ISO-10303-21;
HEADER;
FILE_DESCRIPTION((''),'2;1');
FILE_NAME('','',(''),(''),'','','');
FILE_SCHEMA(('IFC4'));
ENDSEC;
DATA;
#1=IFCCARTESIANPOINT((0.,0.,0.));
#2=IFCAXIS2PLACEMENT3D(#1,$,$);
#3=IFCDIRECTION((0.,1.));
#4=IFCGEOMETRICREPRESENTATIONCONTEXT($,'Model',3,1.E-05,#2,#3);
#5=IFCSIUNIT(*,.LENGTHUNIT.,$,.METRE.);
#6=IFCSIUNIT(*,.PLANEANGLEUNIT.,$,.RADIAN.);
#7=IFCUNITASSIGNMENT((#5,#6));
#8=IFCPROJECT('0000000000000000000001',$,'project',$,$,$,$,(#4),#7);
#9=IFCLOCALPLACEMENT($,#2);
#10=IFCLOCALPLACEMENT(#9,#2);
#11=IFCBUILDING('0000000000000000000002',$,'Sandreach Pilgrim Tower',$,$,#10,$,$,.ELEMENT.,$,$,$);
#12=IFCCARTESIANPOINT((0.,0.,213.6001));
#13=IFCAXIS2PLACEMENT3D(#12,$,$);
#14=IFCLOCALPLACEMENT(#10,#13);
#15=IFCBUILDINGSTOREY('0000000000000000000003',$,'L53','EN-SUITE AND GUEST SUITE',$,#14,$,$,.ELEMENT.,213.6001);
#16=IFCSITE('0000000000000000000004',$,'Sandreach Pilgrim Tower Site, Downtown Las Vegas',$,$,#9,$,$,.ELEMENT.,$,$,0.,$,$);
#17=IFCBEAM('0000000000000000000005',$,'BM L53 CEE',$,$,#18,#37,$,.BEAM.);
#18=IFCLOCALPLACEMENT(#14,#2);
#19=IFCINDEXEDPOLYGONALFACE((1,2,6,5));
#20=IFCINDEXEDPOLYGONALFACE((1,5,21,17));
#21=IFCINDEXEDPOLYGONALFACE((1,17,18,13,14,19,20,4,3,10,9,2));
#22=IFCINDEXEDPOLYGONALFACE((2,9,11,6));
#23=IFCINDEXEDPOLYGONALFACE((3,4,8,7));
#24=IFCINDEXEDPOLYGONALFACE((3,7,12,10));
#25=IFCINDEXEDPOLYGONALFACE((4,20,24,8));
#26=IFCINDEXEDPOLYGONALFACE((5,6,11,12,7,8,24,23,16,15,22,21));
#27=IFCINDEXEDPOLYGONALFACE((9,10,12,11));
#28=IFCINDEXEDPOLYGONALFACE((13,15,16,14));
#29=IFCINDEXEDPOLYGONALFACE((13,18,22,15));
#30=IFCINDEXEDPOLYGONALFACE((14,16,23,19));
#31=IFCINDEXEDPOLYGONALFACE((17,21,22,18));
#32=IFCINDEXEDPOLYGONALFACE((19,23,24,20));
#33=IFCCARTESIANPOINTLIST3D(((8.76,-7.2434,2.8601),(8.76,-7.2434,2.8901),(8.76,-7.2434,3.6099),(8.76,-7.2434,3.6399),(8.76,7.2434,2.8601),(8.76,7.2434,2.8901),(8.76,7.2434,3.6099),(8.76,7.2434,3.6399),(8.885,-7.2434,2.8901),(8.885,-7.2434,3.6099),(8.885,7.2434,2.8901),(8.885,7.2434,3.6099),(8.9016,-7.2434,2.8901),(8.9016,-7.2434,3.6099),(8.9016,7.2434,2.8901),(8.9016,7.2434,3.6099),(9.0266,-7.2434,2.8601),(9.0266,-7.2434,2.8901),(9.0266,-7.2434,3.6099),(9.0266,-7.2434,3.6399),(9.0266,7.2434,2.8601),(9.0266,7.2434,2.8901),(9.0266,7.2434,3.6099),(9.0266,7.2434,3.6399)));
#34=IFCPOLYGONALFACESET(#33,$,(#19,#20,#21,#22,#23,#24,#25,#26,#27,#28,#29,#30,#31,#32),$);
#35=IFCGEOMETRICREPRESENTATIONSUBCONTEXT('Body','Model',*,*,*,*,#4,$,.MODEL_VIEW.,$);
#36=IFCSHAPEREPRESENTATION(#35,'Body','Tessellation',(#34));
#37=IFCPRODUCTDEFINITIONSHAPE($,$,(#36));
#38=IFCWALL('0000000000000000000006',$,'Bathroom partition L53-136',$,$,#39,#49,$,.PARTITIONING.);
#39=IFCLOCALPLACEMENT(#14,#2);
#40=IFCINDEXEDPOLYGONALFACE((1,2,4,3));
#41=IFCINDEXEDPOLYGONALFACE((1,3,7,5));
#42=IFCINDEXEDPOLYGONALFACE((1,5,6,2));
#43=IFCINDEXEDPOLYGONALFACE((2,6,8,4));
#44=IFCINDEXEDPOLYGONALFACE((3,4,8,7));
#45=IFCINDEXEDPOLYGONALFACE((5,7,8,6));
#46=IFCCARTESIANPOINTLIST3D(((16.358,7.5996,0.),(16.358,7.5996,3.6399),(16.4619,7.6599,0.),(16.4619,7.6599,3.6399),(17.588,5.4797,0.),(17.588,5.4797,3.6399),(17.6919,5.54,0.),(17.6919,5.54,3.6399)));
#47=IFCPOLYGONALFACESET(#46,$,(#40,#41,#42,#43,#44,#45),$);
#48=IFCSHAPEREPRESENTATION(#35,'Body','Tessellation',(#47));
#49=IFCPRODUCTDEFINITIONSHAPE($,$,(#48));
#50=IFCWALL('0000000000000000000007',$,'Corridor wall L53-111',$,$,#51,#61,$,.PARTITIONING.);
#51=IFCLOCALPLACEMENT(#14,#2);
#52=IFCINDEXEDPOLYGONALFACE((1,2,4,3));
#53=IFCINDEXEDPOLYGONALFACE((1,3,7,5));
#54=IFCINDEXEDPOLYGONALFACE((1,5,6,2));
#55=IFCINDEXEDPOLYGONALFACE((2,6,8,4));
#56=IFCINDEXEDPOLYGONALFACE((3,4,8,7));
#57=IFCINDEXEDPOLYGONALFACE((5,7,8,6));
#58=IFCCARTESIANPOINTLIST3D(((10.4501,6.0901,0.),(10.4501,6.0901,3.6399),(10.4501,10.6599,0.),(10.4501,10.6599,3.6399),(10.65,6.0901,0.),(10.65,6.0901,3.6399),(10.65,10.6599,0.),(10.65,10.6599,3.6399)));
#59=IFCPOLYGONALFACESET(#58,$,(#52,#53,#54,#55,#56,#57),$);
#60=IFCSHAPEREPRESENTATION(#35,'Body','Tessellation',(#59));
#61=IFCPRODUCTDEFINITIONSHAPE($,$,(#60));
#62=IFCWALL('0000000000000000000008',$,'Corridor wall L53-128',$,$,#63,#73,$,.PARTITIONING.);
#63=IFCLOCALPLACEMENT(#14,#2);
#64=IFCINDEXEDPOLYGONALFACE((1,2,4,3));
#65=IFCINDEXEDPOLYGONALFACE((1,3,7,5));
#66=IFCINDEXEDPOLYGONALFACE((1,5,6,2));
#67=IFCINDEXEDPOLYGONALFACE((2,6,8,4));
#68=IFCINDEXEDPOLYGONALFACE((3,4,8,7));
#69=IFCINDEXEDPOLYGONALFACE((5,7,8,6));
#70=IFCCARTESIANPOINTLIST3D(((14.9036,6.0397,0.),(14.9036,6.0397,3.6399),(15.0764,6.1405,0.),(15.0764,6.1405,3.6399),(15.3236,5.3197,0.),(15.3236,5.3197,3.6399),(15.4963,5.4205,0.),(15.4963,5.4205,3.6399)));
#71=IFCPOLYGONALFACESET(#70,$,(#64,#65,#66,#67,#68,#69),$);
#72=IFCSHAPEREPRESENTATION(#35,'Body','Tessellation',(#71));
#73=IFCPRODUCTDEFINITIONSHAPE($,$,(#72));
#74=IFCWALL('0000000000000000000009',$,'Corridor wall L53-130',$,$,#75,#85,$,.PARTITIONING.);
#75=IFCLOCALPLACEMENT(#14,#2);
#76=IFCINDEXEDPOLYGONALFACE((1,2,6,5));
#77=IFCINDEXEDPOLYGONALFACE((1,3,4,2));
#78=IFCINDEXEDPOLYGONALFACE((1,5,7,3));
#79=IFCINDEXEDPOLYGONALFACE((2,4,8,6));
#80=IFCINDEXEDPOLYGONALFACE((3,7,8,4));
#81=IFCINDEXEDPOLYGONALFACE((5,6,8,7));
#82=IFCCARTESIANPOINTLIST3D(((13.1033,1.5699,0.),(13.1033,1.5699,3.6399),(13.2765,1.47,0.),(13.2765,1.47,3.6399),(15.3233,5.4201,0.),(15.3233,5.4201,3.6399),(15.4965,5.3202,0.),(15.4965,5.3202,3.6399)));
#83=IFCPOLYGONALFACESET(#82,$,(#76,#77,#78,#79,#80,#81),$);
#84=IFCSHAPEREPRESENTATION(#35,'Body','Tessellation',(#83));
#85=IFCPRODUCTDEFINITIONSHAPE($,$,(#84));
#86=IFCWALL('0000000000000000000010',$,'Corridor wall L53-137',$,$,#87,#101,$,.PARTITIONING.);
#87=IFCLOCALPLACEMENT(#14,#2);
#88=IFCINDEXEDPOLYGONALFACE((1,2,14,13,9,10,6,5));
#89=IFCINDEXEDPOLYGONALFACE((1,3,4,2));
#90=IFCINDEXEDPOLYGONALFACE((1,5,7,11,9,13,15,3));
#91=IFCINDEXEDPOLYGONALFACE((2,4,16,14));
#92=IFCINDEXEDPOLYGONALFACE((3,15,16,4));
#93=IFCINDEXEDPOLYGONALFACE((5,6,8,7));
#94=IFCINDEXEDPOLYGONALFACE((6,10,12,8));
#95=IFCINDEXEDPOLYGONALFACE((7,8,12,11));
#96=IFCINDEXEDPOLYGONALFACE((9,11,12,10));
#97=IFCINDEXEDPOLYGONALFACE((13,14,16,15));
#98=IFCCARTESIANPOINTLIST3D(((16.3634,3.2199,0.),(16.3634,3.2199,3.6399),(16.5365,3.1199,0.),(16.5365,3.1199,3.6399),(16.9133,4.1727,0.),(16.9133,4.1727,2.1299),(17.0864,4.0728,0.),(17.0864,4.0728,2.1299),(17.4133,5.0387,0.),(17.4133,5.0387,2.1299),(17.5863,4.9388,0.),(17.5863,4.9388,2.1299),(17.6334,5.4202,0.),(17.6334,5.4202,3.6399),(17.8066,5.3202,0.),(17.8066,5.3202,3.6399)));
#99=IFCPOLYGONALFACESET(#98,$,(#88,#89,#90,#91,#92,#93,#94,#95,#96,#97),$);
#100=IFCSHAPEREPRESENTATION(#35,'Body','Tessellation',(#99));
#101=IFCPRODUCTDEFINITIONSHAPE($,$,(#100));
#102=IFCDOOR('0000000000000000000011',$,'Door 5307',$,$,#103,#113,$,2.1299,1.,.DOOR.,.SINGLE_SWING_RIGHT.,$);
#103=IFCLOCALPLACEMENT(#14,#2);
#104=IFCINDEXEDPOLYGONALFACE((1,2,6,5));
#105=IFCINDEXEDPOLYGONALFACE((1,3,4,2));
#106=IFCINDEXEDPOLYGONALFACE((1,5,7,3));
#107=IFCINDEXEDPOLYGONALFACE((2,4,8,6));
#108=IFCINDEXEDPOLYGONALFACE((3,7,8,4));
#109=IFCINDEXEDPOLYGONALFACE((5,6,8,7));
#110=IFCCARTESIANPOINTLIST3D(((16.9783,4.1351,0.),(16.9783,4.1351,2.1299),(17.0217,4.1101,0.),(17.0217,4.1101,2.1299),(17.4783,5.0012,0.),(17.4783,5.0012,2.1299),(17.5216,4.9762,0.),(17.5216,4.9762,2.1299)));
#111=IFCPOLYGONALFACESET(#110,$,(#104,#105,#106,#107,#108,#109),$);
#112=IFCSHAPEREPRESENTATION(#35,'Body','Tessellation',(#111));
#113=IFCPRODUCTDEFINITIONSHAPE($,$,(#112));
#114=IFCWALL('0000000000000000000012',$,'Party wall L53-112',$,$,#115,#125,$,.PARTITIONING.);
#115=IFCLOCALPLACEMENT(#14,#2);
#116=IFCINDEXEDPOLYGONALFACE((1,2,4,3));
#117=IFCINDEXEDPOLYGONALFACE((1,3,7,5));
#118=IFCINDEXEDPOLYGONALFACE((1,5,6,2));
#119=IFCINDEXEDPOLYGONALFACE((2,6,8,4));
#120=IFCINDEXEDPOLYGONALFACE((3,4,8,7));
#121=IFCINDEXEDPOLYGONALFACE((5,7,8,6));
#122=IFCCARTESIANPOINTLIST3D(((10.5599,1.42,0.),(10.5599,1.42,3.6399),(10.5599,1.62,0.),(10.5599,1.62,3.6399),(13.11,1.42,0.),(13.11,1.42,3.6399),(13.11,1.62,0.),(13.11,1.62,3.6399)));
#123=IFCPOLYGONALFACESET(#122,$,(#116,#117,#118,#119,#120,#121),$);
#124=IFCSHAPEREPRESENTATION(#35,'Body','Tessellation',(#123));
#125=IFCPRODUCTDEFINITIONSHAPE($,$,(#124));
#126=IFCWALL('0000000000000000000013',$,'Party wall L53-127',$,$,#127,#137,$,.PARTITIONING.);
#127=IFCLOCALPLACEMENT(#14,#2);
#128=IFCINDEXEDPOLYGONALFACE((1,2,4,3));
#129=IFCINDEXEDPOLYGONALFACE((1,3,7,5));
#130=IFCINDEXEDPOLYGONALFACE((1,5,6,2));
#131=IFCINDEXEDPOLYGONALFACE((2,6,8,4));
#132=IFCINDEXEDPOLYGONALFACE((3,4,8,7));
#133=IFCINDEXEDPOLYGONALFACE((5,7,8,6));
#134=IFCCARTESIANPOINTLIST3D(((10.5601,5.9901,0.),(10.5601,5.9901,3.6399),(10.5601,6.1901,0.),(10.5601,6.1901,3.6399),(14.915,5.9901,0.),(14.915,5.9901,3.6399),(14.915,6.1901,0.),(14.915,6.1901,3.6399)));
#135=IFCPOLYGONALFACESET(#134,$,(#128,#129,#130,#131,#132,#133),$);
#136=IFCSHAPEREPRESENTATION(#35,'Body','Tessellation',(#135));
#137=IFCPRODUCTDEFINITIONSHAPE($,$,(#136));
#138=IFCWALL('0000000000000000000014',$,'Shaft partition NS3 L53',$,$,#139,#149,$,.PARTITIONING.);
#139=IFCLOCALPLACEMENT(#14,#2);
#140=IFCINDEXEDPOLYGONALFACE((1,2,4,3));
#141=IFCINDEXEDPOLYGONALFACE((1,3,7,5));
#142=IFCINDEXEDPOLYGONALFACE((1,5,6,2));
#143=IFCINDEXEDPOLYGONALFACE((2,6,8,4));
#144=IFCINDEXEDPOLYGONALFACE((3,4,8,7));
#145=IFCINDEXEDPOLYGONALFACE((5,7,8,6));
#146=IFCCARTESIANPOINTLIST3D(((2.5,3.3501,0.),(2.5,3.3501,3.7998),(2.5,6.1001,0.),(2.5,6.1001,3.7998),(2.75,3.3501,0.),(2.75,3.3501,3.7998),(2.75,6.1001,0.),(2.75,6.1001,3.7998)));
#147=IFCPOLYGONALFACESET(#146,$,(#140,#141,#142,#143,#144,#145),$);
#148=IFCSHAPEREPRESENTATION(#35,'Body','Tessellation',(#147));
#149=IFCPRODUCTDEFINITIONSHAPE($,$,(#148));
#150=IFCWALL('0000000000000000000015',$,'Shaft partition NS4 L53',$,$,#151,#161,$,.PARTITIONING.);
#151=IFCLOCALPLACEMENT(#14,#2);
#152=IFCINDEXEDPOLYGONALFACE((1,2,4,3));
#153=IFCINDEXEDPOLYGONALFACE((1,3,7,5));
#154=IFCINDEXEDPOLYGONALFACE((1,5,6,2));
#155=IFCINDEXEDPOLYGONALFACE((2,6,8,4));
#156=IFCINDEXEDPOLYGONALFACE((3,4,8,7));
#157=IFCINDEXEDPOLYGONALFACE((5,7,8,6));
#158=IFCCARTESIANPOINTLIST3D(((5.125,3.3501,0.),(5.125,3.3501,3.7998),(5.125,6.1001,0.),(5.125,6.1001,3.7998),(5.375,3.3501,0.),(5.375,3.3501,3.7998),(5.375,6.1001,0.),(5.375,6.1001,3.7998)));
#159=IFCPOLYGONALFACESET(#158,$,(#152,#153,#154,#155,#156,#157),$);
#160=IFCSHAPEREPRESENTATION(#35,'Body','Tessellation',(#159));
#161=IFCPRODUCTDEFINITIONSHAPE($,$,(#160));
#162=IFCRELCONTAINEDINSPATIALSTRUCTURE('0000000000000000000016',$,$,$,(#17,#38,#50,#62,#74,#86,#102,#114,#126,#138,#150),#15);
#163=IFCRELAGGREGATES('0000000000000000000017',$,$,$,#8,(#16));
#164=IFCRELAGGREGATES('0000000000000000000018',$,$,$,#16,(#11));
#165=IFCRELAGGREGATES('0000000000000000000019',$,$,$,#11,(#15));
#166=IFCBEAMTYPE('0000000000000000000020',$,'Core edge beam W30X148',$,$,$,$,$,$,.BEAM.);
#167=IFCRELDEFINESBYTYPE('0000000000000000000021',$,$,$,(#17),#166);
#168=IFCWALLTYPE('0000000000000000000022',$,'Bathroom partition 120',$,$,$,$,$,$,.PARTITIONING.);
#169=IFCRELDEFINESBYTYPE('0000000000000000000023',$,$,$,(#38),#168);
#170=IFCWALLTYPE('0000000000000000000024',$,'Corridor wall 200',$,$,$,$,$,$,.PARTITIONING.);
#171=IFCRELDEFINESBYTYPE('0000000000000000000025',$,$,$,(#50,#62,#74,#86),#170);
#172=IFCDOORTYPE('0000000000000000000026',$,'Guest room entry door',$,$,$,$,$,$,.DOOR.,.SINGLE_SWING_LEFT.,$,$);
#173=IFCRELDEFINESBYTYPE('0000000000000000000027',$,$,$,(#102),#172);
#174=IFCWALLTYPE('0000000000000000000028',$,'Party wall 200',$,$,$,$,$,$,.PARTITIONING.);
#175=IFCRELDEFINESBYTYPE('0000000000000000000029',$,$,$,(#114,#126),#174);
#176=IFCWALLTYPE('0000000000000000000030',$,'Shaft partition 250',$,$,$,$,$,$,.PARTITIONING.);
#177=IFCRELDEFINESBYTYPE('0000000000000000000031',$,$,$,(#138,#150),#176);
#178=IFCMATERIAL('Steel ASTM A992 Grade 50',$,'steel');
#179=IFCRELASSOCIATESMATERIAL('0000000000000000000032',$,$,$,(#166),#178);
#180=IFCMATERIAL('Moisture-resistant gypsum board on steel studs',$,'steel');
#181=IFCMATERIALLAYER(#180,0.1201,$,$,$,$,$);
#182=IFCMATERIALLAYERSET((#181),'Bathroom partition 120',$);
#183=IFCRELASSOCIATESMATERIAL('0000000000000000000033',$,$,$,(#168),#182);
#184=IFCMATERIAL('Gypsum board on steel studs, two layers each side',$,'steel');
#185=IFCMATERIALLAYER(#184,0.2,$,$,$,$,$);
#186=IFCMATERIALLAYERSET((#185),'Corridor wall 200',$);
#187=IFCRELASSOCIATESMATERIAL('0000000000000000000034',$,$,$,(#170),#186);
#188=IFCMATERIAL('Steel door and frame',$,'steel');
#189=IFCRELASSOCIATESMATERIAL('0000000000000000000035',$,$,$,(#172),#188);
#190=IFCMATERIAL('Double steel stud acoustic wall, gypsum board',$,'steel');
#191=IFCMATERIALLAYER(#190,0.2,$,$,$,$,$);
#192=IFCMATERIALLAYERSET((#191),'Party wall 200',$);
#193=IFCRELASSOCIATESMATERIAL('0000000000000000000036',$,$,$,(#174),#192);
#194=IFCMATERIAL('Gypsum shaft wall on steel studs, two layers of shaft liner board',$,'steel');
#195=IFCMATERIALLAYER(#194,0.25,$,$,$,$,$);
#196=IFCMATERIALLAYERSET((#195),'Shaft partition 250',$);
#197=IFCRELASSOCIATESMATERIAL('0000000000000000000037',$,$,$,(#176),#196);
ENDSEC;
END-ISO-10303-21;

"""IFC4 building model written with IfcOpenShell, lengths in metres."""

from ifc_helpers import new_model, si_unit, direction, frame, frame_2d, origin, origin_2d, place, context, subcontext, project, spatial, rectangle, i_section, extrude, material, layer, layer_set, material_profile, profile_set, type_object, element, fill, save


model = new_model("IFC4")

# Units and contexts
model_context = context("Model", 3, precision=1e-05, world=origin(), true_north=direction((0.0, 1.0)))
body_context = subcontext(model_context, "Body", "Model", "MODEL_VIEW")
ifc_project = project(units=[si_unit("LENGTHUNIT", "METRE"), si_unit("PLANEANGLEUNIT", "RADIAN")], contexts=[model_context])

# Site, building, storey
site_placement = place(None, origin())
site = spatial("IfcSite", under=ifc_project, at=site_placement, Name="Sandreach Pilgrim Tower Site, Downtown Las Vegas", CompositionType="ELEMENT", RefElevation=0.0)
building_placement = place(site_placement, origin())
building = spatial("IfcBuilding", under=site, at=building_placement, Name="Sandreach Pilgrim Tower", CompositionType="ELEMENT")
storey_placement = place(building_placement, frame((0.0, 0.0, 213.6001)))
storey = spatial("IfcBuildingStorey", under=building, at=storey_placement, Name="L53", Description="EN-SUITE AND GUEST SUITE", CompositionType="ELEMENT", Elevation=213.6001)

# Beam
ifc_material_1 = material(Name="Steel ASTM A992 Grade 50", Category="steel")
ifc_material_profile = material_profile(ifc_material_1, i_section(OverallWidth=0.2666, OverallDepth=0.7798, WebThickness=0.0166, FlangeThickness=0.03, at=origin_2d()), Name="W30X148")
ifc_profile_set = profile_set([ifc_material_profile], Name="Steel ASTM A992 Grade 50")
beam_type = type_object("IfcBeamType", Name="Core edge beam W30X148", PredefinedType="BEAM", material=ifc_profile_set)
beam_placement = place(storey_placement, frame((8.8933, 7.2434, 3.25), z_axis=(0.0, -1.0, 0.0), x_axis=(1.0, 0.0, 0.0)))
element("IfcBeam", 1, at=beam_placement, inside=storey, type_object=beam_type, Name="BM L53 CEE", PredefinedType="BEAM", context=body_context, shape_type="SweptSolid", body=[
    extrude(i_section(OverallWidth=0.2666, OverallDepth=0.7798, WebThickness=0.0166, FlangeThickness=0.03, at=origin_2d()), origin(), (0.0, 0.0, 1.0), 14.4868),
])

# Wall
ifc_material_2 = material(Name="Moisture-resistant gypsum board on steel studs", Category="steel")
ifc_layer_1 = layer(ifc_material_2, 0.1201)
ifc_layer_set_1 = layer_set([ifc_layer_1], Name="Bathroom partition 120")
wall_type_1 = type_object("IfcWallType", Name="Bathroom partition 120", PredefinedType="PARTITIONING", material=ifc_layer_set_1)
wall_1_placement = place(storey_placement, frame((16.4099, 7.6299, 0.0), z_axis=(0.0, 0.0, 1.0), x_axis=(0.501857, -0.864951, 0.0)))
element("IfcWall", 2, at=wall_1_placement, inside=storey, type_object=wall_type_1, Name="Bathroom partition L53-136", PredefinedType="PARTITIONING", context=body_context, shape_type="SweptSolid", body=[
    extrude(rectangle(XDim=2.4509, YDim=0.1201, at=frame_2d((1.2256, 0.0))), origin(), (0.0, 0.0, 1.0), 3.6399),
])

# Shared definitions
ifc_material_3 = material(Name="Gypsum board on steel studs, two layers each side", Category="steel")
ifc_layer_2 = layer(ifc_material_3, 0.2)
ifc_layer_set_2 = layer_set([ifc_layer_2], Name="Corridor wall 200")
wall_type_2 = type_object("IfcWallType", Name="Corridor wall 200", PredefinedType="PARTITIONING", material=ifc_layer_set_2)

# Wall
wall_2_placement = place(storey_placement, frame((10.55, 6.0901, 0.0), z_axis=(0.0, 0.0, 1.0), x_axis=(0.0, 1.0, 0.0)))
element("IfcWall", 3, at=wall_2_placement, inside=storey, type_object=wall_type_2, Name="Corridor wall L53-111", PredefinedType="PARTITIONING", context=body_context, shape_type="SweptSolid", body=[
    extrude(rectangle(XDim=4.5698, YDim=0.2, at=frame_2d((2.2849, 0.0))), origin(), (0.0, 0.0, 1.0), 3.6399),
])

# Wall
wall_3_placement = place(storey_placement, frame((14.99, 6.0901, 0.0), z_axis=(0.0, 0.0, 1.0), x_axis=(0.503816, -0.863811, 0.0)))
element("IfcWall", 4, at=wall_3_placement, inside=storey, type_object=wall_type_2, Name="Corridor wall L53-128", PredefinedType="PARTITIONING", context=body_context, shape_type="SweptSolid", body=[
    extrude(rectangle(XDim=0.8335, YDim=0.2, at=frame_2d((0.4167, 0.0))), origin(), (0.0, 0.0, 1.0), 3.6399),
])

# Shared definitions
ifc_material_4 = material(Name="Steel door and frame", Category="steel")
door_type_1 = type_object("IfcDoorType", Name="Guest room entry door", OperationType="SINGLE_SWING_LEFT", PredefinedType="DOOR", material=ifc_material_4)

# Wall
wall_4_placement = place(storey_placement, frame((15.4099, 5.3701, 0.0), z_axis=(0.0, 0.0, 1.0), x_axis=(-0.499513, -0.866306, 0.0)))
element("IfcWall", 5, at=wall_4_placement, inside=storey, type_object=wall_type_2, Name="Corridor wall L53-130", PredefinedType="PARTITIONING", context=body_context, shape_type="SweptSolid", body=[
    extrude(rectangle(XDim=4.4443, YDim=0.2, at=frame_2d((2.2222, 0.0))), origin(), (0.0, 0.0, 1.0), 3.6399),
])

# Wall, opening, door
wall_5_placement = place(storey_placement, frame((16.45, 3.1699, 0.0), z_axis=(0.0, 0.0, 1.0), x_axis=(0.499922, 0.86607, 0.0)))
wall_5 = element("IfcWall", 6, at=wall_5_placement, inside=storey, type_object=wall_type_2, Name="Corridor wall L53-137", PredefinedType="PARTITIONING", context=body_context, shape_type="SweptSolid", body=[
    extrude(rectangle(XDim=2.5405, YDim=0.2, at=frame_2d((1.2703, 0.0))), origin(), (0.0, 0.0, 1.0), 3.6399),
])
opening_1_placement = place(wall_5_placement, frame((1.1001, 0.0, 0.0)))
opening_1 = element("IfcOpeningElement", 7, at=opening_1_placement, cuts=wall_5, PredefinedType="OPENING", context=body_context, shape_type="SweptSolid", body=[
    extrude(rectangle(XDim=1.0, YDim=2.1299, at=frame_2d((0.5, 1.0649))), frame((0.0, 0.1001, 0.0), z_axis=(0.0, -1.0, 0.0), x_axis=(1.0, 0.0, 0.0)), (0.0, 0.0, 1.0), 0.2),
])
door_1_placement = place(opening_1_placement, origin())
door_1 = element("IfcDoor", 8, at=door_1_placement, inside=storey, type_object=door_type_1, Name="Door 5307", OperationType="SINGLE_SWING_RIGHT", OverallHeight=2.1299, OverallWidth=1.0, PredefinedType="DOOR", context=body_context, shape_type="SweptSolid", body=[
    extrude(rectangle(XDim=1.0, YDim=2.1299, at=frame_2d((0.5, 1.0649))), frame((0.0, 0.0249, 0.0), z_axis=(0.0, -1.0, 0.0), x_axis=(1.0, 0.0, 0.0)), (0.0, 0.0, 1.0), 0.05),
])
fill(opening_1, door_1)

# Walls
ifc_material_5 = material(Name="Double steel stud acoustic wall, gypsum board", Category="steel")
ifc_layer_3 = layer(ifc_material_5, 0.2)
ifc_layer_set_3 = layer_set([ifc_layer_3], Name="Party wall 200")
wall_type_3 = type_object("IfcWallType", Name="Party wall 200", PredefinedType="PARTITIONING", material=ifc_layer_set_3)
wall_6_placement = place(storey_placement, frame((10.5601, 1.52, 0.0), z_axis=(0.0, 0.0, 1.0), x_axis=(1.0, 0.0, 0.0)))
element("IfcWall", 9, at=wall_6_placement, inside=storey, type_object=wall_type_3, Name="Party wall L53-112", PredefinedType="PARTITIONING", context=body_context, shape_type="SweptSolid", body=[
    extrude(rectangle(XDim=2.55, YDim=0.2, at=frame_2d((1.2749, 0.0))), origin(), (0.0, 0.0, 1.0), 3.6399),
])
wall_7_placement = place(storey_placement, frame((14.915, 6.0901, 0.0), z_axis=(0.0, 0.0, 1.0), x_axis=(-1.0, 0.0, 0.0)))
element("IfcWall", 10, at=wall_7_placement, inside=storey, type_object=wall_type_3, Name="Party wall L53-127", PredefinedType="PARTITIONING", context=body_context, shape_type="SweptSolid", body=[
    extrude(rectangle(XDim=4.355, YDim=0.2, at=frame_2d((2.1775, 0.0))), origin(), (0.0, 0.0, 1.0), 3.6399),
])
ifc_material_6 = material(Name="Gypsum shaft wall on steel studs, two layers of shaft liner board", Category="steel")
ifc_layer_4 = layer(ifc_material_6, 0.25)
ifc_layer_set_4 = layer_set([ifc_layer_4], Name="Shaft partition 250")
wall_type_4 = type_object("IfcWallType", Name="Shaft partition 250", PredefinedType="PARTITIONING", material=ifc_layer_set_4)
for number, where, z_axis, x_axis, name in (
    (11, (2.625, 3.3501, 0.0), (0.0, 0.0, 1.0), (0.0, 1.0, 0.0), "Shaft partition NS3 L53"),
    (12, (5.25, 3.3501, 0.0), (0.0, 0.0, 1.0), (0.0, 1.0, 0.0), "Shaft partition NS4 L53"),
):
    element("IfcWall", number, at=place(storey_placement, frame(where, z_axis=z_axis, x_axis=x_axis)), inside=storey, type_object=wall_type_4, Name=name, PredefinedType="PARTITIONING", context=body_context, shape_type="SweptSolid", body=[
        extrude(rectangle(XDim=2.75, YDim=0.25, at=frame_2d((1.375, 0.0))), origin(), (0.0, 0.0, 1.0), 3.7998),
    ])

save(model, "model.ifc")
